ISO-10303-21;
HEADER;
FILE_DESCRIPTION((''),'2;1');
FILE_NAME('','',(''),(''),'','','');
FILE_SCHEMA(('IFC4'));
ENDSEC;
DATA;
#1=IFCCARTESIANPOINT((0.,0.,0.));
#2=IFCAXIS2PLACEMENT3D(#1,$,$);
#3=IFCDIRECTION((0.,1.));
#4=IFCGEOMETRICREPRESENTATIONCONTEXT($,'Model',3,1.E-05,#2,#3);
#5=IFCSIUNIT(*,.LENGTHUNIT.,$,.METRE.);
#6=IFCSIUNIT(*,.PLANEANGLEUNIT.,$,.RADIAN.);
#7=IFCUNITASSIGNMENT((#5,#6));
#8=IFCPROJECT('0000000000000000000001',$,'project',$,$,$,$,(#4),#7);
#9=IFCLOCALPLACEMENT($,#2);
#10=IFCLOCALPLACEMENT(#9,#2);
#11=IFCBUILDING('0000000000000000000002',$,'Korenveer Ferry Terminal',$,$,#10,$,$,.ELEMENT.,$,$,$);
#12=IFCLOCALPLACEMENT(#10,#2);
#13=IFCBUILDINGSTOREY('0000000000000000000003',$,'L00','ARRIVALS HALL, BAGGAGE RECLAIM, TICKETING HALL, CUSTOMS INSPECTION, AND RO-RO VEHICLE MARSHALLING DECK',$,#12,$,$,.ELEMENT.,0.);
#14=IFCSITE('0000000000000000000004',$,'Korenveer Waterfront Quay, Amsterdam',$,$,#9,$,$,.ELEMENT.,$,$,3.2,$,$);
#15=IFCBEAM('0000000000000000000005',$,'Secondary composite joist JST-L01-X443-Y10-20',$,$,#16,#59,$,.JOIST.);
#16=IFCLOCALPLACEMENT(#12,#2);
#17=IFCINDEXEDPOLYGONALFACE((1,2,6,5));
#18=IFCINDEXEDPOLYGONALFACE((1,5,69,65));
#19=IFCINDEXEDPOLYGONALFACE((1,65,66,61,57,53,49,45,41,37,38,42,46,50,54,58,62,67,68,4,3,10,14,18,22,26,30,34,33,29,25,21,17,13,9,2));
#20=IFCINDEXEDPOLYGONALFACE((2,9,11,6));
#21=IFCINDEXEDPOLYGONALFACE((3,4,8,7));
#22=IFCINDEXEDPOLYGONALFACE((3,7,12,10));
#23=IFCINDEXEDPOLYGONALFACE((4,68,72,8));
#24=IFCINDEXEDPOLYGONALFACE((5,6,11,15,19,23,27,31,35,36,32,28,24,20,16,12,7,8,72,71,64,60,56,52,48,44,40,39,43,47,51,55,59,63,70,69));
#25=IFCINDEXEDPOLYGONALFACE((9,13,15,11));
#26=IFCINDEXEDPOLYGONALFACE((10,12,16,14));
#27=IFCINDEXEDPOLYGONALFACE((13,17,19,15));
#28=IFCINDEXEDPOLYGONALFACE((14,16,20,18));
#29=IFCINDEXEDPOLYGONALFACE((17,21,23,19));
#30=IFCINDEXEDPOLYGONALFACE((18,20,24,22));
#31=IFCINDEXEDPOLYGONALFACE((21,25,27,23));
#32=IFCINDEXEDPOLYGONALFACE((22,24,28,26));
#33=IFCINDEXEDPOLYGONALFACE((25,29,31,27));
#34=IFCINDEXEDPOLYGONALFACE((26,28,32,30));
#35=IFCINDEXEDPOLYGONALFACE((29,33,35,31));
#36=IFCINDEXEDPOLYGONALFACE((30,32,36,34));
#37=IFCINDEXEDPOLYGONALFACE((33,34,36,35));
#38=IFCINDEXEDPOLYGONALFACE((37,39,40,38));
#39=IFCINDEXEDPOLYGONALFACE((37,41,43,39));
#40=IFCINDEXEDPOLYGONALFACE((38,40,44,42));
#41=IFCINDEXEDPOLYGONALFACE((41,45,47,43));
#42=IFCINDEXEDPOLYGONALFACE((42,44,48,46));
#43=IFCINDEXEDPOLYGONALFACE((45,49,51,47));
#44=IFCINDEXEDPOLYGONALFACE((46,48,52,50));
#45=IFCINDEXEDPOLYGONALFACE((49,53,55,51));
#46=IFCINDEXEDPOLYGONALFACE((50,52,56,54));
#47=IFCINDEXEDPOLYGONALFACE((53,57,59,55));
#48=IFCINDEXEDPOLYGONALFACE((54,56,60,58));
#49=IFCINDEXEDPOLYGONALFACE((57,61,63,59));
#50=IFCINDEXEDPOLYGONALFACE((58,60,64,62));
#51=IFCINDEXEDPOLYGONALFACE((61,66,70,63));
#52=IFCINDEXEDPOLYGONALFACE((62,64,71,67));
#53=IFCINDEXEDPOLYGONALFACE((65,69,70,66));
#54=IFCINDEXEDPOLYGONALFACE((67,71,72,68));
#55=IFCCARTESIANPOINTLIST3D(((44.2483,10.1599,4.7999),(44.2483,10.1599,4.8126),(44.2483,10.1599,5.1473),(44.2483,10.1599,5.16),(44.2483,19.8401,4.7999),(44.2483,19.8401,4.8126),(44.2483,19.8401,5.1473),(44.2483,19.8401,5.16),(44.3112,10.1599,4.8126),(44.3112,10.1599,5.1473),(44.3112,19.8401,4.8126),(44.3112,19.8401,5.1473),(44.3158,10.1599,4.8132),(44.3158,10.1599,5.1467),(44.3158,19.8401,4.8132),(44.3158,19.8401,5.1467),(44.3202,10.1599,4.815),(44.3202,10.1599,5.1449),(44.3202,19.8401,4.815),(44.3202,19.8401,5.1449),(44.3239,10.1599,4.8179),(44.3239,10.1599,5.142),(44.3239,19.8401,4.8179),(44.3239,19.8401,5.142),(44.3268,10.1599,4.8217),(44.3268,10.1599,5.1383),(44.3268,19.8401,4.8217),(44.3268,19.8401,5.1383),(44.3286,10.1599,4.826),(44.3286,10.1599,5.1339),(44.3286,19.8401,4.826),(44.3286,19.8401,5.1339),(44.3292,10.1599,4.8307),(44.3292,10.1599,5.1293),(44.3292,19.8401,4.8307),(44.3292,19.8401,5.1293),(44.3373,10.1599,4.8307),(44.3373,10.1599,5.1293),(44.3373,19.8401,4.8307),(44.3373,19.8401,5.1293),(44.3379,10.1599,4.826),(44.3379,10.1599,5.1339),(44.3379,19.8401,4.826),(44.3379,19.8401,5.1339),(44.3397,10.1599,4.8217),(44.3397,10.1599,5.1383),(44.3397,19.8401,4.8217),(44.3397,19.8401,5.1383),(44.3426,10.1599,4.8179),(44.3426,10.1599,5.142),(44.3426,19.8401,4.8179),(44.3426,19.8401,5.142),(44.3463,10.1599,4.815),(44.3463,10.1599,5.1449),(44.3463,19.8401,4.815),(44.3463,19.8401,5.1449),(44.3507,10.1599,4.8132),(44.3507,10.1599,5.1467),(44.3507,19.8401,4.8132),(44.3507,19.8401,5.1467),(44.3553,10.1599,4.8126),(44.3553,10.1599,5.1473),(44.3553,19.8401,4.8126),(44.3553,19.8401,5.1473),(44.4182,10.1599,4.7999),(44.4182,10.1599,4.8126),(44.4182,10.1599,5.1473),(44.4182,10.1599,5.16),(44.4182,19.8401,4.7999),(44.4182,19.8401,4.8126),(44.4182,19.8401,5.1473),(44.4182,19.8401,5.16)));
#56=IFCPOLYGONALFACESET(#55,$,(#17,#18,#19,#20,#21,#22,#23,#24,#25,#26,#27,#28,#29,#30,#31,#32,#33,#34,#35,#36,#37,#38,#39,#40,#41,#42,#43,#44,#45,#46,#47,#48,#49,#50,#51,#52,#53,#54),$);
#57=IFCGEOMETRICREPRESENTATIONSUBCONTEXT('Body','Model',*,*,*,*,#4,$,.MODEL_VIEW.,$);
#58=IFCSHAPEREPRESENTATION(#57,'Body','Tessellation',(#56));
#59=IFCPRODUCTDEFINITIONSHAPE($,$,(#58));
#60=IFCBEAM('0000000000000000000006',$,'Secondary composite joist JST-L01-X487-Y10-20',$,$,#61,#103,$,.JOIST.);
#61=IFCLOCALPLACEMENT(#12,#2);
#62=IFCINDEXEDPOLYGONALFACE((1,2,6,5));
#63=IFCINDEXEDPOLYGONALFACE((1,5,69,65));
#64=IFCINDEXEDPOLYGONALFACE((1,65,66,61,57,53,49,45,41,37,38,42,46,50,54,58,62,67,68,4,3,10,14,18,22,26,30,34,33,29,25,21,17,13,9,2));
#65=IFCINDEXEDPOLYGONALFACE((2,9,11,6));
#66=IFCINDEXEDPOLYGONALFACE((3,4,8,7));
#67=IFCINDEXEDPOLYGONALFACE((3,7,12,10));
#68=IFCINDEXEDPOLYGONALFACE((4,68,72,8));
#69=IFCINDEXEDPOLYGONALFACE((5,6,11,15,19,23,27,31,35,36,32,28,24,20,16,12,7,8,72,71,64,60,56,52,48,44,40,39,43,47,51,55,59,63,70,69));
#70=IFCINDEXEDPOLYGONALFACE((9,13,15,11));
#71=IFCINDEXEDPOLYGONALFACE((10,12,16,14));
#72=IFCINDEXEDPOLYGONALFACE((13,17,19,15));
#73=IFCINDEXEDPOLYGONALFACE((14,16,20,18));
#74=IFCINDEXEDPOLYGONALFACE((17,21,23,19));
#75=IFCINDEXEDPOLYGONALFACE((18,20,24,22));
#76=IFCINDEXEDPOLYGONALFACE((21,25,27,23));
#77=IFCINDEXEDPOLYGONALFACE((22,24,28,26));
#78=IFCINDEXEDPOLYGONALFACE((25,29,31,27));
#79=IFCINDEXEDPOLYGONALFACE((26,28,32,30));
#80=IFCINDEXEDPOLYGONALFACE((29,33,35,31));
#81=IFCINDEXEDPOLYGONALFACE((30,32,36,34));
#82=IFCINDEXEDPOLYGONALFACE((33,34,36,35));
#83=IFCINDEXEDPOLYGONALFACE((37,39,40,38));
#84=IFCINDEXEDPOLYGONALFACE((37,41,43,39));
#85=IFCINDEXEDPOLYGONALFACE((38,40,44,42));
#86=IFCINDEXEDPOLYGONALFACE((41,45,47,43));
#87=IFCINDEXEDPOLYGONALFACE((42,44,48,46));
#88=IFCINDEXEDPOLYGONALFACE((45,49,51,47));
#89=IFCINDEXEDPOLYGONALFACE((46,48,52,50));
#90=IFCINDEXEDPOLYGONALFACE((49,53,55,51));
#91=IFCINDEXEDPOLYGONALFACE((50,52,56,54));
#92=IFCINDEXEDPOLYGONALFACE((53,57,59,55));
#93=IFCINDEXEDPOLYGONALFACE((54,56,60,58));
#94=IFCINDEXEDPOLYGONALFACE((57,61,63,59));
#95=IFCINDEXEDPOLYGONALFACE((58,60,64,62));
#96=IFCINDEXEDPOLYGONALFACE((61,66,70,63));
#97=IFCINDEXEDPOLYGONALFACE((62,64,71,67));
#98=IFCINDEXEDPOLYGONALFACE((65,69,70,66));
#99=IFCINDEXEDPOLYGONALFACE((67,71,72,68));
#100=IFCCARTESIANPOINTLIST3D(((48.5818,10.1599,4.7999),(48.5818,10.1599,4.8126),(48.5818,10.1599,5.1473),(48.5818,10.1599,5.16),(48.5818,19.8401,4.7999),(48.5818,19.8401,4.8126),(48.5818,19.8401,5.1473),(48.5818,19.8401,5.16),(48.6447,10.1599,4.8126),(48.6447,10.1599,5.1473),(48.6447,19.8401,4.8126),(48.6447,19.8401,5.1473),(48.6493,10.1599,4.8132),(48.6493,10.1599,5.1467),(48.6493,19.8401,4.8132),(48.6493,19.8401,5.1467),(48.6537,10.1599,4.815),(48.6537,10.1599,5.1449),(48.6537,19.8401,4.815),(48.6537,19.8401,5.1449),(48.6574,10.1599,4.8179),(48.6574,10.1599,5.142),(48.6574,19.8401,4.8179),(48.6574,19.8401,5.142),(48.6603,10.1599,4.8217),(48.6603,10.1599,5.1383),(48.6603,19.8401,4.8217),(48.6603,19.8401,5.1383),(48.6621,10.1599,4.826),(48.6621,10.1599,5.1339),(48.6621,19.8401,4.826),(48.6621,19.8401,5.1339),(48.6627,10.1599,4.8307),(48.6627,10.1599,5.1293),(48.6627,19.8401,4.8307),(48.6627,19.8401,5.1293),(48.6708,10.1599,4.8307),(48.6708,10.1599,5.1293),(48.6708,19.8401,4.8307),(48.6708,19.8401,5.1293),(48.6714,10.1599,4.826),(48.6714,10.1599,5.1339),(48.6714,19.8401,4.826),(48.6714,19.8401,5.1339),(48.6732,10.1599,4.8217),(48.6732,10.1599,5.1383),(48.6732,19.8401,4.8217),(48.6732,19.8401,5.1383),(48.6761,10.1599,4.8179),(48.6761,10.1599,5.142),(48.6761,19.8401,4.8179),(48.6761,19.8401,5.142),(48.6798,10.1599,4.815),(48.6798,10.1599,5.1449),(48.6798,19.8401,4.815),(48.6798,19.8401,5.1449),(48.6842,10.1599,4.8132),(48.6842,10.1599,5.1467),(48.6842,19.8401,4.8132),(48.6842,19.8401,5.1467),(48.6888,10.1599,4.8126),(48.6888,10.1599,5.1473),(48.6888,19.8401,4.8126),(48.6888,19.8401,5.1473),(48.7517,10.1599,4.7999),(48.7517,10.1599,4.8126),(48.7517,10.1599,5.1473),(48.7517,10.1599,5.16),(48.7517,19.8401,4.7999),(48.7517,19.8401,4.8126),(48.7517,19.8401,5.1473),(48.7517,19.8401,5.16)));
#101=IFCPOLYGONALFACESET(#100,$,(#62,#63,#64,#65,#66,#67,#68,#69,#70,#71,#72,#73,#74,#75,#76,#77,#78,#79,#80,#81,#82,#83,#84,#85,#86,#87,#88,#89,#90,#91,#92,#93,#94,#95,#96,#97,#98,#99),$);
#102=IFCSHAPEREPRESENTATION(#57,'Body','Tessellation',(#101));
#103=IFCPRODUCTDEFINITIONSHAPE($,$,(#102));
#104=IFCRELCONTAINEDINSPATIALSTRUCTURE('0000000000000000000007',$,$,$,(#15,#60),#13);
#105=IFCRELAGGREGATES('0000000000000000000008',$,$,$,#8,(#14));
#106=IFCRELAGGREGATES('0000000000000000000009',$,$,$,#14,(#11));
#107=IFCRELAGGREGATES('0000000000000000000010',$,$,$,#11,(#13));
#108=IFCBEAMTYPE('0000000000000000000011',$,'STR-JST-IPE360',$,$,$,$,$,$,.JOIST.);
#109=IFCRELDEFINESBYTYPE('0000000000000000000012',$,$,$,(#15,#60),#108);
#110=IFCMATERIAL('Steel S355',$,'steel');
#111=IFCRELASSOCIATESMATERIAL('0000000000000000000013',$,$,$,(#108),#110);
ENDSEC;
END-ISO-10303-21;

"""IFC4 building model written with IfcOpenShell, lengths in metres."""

from ifc_helpers import new_model, si_unit, direction, frame, origin, origin_2d, place, context, subcontext, project, spatial, i_section, extrude, material, material_profile, profile_set, type_object, element, save


model = new_model("IFC4")

# Units and contexts
model_context = context("Model", 3, precision=1e-05, world=origin(), true_north=direction((0.0, 1.0)))
body_context = subcontext(model_context, "Body", "Model", "MODEL_VIEW")
ifc_project = project(units=[si_unit("LENGTHUNIT", "METRE"), si_unit("PLANEANGLEUNIT", "RADIAN")], contexts=[model_context])

# Site, building, storey
site_placement = place(None, origin())
site = spatial("IfcSite", under=ifc_project, at=site_placement, Name="Korenveer Waterfront Quay, Amsterdam", CompositionType="ELEMENT", RefElevation=3.2)
building_placement = place(site_placement, origin())
building = spatial("IfcBuilding", under=site, at=building_placement, Name="Korenveer Ferry Terminal", CompositionType="ELEMENT")
storey_placement = place(building_placement, origin())
storey = spatial("IfcBuildingStorey", under=building, at=storey_placement, Name="L00", Description="ARRIVALS HALL, BAGGAGE RECLAIM, TICKETING HALL, CUSTOMS INSPECTION, AND RO-RO VEHICLE MARSHALLING DECK", CompositionType="ELEMENT", Elevation=0.0)

# Beams
ifc_material_1 = material(Name="Steel S355", Category="steel")
ifc_material_profile_1 = material_profile(ifc_material_1, i_section(OverallWidth=0.1699, OverallDepth=0.3601, WebThickness=0.0081, FlangeThickness=0.0127, FilletRadius=0.0181, at=origin_2d()), Name="IPE 360")
ifc_profile_set_1 = profile_set([ifc_material_profile_1], Name="Steel S355")
beam_type_1 = type_object("IfcBeamType", Name="STR-JST-IPE360", PredefinedType="JOIST", material=ifc_profile_set_1)
for number, where, z_axis, x_axis, name in (
    (1, (44.3333, 10.1599, 4.98), (0.0, 1.0, 0.0), (-1.0, 0.0, 0.0), "Secondary composite joist JST-L01-X443-Y10-20"),
    (2, (48.6667, 10.1599, 4.98), (0.0, 1.0, 0.0), (-1.0, 0.0, 0.0), "Secondary composite joist JST-L01-X487-Y10-20"),
):
    element("IfcBeam", number, at=place(storey_placement, frame(where, z_axis=z_axis, x_axis=x_axis)), inside=storey, type_object=beam_type_1, Name=name, PredefinedType="JOIST", context=body_context, shape_type="SweptSolid", body=[
        extrude(i_section(OverallWidth=0.1699, OverallDepth=0.3601, WebThickness=0.0081, FlangeThickness=0.0127, FilletRadius=0.0181, at=origin_2d()), origin(), (0.0, 0.0, 1.0), 9.6802),
    ])

save(model, "model.ifc")
